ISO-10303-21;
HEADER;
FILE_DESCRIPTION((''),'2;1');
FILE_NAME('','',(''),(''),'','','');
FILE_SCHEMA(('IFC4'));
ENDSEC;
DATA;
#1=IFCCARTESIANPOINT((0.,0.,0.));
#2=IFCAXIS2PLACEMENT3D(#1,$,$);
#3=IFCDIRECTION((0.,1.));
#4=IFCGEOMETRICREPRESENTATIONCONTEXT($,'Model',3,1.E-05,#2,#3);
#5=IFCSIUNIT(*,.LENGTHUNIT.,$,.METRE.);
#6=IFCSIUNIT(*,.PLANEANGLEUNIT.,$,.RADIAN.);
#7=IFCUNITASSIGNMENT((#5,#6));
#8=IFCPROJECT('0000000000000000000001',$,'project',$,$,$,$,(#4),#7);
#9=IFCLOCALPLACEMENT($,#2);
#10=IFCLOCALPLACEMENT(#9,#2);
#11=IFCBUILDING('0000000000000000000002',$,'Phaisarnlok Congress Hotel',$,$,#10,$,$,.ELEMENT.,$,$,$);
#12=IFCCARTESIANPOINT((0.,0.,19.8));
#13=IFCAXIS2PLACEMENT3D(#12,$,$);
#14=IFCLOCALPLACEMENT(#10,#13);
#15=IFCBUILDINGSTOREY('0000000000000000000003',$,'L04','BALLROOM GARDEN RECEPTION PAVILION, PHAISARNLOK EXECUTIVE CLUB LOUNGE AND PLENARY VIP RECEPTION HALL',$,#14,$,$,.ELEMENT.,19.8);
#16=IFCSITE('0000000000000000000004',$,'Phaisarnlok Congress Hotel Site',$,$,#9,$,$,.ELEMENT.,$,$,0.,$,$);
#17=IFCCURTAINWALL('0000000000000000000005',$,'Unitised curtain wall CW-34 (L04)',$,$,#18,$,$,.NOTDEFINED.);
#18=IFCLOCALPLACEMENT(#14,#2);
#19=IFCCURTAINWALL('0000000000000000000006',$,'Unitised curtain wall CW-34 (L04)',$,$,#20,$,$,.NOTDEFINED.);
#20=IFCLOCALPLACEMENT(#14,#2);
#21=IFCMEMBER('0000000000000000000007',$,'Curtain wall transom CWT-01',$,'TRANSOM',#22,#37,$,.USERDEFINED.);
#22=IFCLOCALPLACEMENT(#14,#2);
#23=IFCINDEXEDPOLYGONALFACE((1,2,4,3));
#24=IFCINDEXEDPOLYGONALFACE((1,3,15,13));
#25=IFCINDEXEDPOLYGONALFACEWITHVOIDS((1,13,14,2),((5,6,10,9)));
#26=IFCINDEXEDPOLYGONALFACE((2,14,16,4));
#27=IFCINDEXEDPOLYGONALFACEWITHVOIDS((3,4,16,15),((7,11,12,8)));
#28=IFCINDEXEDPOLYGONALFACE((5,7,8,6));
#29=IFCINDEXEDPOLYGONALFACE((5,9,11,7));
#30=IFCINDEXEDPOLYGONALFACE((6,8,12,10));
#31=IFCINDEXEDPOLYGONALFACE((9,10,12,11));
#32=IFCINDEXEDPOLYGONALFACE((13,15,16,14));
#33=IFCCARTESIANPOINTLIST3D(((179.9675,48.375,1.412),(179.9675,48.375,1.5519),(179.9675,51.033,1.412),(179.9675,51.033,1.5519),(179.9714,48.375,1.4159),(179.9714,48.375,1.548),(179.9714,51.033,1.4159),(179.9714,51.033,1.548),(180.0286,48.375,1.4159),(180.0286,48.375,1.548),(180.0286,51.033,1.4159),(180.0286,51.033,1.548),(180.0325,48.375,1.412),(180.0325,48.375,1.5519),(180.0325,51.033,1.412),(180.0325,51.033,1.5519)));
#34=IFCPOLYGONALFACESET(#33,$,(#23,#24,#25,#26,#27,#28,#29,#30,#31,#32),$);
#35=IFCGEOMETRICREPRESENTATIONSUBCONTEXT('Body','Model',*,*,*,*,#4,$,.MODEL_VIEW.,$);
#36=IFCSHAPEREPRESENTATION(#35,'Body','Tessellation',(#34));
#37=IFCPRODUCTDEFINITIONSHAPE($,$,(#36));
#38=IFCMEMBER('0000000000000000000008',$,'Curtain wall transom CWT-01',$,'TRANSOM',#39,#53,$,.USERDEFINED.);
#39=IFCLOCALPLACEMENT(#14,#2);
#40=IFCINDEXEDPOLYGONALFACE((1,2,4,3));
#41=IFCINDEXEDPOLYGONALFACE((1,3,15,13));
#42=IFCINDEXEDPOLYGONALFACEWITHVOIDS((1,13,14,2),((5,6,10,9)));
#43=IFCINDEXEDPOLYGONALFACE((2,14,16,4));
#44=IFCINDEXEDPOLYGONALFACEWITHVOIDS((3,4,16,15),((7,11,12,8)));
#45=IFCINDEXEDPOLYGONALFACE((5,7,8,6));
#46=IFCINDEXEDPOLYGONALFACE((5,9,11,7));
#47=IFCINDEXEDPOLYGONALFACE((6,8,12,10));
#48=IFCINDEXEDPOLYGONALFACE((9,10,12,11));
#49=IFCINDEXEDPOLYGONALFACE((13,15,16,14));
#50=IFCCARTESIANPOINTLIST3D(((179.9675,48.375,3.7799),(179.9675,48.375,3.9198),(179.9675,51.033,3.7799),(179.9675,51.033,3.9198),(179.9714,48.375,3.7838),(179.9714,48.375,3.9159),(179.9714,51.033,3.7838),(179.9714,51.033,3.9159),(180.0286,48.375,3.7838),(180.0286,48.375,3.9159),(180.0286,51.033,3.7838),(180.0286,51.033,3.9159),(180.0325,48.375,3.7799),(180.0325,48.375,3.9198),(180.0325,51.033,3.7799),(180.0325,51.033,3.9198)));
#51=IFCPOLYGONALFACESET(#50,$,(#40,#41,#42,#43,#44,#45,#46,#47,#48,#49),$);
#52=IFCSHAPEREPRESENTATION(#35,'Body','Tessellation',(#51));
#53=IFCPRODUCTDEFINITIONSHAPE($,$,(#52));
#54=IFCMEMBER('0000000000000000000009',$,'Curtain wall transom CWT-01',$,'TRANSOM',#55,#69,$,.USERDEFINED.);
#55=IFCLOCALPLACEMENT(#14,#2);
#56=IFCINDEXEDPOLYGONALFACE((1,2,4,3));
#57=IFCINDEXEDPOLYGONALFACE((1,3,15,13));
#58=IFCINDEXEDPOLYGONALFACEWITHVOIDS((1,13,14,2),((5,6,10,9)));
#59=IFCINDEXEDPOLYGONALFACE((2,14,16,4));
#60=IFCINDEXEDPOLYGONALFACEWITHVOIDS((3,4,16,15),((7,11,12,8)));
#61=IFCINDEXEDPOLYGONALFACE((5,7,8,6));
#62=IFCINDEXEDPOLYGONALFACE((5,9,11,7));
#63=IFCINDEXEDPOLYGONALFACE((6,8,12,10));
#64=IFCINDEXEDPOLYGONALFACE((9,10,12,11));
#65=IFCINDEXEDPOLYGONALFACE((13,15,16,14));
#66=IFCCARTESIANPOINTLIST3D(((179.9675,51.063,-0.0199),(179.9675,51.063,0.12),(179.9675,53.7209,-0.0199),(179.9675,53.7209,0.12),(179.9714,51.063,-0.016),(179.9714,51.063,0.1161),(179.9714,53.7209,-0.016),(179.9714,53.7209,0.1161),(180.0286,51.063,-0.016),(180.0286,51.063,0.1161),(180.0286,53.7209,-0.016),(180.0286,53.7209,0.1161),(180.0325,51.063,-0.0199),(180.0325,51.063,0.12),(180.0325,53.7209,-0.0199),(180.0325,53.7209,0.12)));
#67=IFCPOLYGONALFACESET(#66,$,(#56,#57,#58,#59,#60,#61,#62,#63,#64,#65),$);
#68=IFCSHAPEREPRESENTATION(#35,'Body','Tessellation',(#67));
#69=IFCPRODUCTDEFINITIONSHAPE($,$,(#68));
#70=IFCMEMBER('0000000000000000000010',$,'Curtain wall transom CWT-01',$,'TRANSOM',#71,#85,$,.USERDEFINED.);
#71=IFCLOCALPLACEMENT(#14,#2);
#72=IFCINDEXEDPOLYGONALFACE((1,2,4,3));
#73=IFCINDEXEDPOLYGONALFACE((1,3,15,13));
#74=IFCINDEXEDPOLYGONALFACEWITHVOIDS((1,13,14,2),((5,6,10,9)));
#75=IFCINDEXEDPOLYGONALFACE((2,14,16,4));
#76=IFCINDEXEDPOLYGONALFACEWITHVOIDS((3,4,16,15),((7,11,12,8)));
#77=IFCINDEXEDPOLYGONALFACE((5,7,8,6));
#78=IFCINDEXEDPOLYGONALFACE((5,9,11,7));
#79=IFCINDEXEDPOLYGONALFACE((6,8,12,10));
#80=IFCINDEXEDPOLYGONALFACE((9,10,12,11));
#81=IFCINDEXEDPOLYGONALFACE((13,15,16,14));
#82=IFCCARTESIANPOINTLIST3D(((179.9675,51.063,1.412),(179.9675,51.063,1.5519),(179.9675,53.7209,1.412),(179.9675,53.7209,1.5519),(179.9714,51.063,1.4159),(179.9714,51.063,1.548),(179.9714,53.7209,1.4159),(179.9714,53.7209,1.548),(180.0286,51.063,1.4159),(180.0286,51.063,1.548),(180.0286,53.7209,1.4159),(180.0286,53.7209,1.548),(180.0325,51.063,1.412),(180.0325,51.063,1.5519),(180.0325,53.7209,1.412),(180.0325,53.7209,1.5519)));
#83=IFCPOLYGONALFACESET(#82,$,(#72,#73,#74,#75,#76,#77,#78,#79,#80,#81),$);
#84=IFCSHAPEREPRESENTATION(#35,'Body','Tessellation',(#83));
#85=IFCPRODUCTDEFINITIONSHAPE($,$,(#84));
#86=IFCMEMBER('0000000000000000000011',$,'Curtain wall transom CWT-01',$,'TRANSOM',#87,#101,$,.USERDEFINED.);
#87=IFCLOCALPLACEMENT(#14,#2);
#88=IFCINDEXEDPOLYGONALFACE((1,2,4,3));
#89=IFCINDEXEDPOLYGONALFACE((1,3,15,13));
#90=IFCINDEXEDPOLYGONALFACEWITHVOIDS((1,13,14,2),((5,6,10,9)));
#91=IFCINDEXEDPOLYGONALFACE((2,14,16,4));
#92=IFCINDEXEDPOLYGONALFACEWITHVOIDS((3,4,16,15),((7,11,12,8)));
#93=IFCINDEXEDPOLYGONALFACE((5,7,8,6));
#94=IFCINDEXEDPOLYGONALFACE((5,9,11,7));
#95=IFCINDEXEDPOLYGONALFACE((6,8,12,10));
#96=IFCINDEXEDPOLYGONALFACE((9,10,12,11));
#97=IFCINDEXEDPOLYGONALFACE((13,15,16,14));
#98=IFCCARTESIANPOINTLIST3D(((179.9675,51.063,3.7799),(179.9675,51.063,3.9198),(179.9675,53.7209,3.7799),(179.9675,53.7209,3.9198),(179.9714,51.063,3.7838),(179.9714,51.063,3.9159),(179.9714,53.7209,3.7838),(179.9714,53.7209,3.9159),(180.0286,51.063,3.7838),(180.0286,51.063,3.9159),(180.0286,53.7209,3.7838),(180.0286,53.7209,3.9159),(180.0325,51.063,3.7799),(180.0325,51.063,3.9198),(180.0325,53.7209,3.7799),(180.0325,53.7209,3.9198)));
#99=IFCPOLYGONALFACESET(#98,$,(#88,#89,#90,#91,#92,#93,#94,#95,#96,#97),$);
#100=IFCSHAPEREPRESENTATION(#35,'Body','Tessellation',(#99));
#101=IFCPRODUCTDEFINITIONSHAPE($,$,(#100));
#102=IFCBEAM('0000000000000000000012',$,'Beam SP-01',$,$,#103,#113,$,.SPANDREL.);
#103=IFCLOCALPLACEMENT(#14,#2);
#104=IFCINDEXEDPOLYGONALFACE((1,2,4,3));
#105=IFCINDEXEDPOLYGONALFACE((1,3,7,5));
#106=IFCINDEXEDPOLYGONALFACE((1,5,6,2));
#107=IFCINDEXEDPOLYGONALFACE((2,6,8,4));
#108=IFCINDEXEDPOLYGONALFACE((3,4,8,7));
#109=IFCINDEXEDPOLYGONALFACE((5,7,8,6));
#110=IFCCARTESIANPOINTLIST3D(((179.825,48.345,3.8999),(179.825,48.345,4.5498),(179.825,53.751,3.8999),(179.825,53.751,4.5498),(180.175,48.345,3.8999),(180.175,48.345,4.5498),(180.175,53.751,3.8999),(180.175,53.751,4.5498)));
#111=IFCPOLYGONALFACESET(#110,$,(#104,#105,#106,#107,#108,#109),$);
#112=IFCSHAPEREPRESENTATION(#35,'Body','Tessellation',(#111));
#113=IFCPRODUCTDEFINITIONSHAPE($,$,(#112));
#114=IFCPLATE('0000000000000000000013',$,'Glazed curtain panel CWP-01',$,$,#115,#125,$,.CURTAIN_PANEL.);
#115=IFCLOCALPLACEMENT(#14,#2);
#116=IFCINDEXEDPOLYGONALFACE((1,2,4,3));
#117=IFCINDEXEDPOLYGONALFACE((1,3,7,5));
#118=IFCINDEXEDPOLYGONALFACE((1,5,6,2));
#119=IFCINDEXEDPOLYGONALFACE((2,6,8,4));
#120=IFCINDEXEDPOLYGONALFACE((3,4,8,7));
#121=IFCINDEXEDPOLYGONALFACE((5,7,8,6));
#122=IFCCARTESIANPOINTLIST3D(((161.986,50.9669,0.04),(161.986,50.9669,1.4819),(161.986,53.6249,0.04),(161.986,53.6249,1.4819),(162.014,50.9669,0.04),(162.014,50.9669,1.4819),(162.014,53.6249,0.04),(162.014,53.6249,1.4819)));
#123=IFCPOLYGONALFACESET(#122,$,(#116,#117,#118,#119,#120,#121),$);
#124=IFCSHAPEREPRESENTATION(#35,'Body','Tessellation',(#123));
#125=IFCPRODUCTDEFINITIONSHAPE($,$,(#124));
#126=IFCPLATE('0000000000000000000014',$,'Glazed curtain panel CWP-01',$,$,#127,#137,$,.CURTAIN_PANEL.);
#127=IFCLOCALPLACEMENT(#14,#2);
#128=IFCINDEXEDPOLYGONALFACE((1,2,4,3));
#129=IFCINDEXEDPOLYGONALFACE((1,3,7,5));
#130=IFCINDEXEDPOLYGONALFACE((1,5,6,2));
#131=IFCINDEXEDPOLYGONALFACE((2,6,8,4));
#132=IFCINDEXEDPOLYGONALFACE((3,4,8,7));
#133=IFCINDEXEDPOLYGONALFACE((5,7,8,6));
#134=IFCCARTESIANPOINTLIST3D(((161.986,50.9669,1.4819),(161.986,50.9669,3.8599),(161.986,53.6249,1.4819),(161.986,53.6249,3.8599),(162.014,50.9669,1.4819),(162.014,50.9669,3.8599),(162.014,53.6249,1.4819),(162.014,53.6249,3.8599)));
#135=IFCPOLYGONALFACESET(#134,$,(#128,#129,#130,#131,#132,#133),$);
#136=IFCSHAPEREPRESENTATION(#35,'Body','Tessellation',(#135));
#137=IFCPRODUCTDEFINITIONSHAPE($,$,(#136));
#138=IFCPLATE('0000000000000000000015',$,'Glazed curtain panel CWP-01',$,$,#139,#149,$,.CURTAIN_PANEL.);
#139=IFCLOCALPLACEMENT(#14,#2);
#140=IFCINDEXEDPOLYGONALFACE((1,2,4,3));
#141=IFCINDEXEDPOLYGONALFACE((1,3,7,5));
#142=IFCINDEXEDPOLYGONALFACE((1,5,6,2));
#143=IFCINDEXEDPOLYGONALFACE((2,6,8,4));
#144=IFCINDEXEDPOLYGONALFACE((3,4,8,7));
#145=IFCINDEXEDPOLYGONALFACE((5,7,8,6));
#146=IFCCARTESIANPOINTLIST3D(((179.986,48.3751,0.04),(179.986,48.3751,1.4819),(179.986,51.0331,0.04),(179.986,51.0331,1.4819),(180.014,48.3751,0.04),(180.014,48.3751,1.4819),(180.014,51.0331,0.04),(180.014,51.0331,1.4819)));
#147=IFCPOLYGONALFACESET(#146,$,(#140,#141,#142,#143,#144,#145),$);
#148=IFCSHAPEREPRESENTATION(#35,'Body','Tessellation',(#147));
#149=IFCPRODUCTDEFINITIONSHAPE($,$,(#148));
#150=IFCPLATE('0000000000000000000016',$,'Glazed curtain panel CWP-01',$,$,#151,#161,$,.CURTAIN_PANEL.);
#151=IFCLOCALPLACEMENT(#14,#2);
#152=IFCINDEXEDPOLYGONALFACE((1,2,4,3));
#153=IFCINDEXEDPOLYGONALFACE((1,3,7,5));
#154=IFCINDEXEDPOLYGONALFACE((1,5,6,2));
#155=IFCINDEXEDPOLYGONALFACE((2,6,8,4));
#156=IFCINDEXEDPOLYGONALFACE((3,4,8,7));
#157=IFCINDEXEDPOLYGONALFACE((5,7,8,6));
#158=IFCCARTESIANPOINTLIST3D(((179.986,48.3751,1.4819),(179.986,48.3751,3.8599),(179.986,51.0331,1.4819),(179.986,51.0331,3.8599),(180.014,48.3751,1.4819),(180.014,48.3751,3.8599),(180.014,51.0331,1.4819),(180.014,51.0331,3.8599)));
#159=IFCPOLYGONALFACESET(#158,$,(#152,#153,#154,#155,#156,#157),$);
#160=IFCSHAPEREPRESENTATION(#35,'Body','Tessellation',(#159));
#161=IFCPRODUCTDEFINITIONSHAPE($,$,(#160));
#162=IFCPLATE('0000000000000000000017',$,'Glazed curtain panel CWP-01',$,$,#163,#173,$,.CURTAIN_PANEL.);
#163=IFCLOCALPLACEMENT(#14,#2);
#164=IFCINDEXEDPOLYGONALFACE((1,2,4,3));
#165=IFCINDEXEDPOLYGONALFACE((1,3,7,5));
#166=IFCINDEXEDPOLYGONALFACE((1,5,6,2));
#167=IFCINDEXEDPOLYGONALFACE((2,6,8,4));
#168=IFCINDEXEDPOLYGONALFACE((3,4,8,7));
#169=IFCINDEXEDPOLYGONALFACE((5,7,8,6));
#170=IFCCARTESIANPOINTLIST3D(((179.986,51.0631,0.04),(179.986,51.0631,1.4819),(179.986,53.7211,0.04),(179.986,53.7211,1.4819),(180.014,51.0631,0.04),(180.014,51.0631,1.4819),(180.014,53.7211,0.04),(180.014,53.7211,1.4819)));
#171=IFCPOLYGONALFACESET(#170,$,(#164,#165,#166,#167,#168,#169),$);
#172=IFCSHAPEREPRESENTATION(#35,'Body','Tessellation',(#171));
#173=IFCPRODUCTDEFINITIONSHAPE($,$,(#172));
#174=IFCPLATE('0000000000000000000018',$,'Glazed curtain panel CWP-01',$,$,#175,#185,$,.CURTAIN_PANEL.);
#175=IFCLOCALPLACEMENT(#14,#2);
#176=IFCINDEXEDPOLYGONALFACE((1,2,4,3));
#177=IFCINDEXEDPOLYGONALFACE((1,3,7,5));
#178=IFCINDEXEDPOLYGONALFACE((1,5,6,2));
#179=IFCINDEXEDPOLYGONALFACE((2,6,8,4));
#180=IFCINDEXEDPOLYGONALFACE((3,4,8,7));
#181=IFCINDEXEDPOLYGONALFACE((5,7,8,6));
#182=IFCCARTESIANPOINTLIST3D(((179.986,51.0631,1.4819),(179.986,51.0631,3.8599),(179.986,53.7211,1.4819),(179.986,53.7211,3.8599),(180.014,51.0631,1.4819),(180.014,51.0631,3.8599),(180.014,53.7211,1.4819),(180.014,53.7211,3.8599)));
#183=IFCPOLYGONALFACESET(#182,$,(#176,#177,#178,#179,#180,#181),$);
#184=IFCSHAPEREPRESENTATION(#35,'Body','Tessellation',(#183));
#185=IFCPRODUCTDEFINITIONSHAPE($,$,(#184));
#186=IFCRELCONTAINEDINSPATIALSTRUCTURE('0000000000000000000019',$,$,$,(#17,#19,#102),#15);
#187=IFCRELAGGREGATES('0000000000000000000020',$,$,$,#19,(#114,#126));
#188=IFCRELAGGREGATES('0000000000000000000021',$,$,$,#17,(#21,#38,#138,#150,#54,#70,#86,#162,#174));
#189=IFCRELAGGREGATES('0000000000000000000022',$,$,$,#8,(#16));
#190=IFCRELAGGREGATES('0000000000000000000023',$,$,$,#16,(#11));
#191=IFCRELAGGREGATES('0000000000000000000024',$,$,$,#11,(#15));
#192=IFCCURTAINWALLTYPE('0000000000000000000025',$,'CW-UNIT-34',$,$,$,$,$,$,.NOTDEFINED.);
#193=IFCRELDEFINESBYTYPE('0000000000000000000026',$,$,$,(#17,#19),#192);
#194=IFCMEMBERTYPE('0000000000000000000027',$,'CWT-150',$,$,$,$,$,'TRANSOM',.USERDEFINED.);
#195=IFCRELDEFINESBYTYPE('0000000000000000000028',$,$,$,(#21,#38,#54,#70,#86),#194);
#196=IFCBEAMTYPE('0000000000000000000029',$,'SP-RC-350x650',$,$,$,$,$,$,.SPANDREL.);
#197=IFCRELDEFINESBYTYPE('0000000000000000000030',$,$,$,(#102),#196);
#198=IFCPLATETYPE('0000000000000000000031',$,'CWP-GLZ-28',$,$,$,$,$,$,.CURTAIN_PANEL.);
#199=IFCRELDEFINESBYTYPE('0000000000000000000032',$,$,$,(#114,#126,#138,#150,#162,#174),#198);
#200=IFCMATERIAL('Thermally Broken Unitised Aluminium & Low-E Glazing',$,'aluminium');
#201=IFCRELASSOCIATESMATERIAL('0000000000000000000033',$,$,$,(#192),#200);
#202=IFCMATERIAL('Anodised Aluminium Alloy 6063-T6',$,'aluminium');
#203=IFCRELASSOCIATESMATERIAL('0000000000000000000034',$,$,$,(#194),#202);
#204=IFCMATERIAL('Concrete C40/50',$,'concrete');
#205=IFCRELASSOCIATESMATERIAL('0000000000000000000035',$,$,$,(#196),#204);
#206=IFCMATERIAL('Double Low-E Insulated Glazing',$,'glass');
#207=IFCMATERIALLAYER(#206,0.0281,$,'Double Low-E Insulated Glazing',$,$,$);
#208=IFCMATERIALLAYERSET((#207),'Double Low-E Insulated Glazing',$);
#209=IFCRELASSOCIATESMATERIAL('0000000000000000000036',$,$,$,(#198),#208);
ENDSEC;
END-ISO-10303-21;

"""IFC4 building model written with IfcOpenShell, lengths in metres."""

from ifc_helpers import new_model, si_unit, direction, frame, frame_2d, origin, origin_2d, place, context, subcontext, project, spatial, rectangle, hollow_rectangle, extrude, material, layer, layer_set, material_profile, profile_set, type_object, element, aggregate, save


model = new_model("IFC4")

# Units and contexts
model_context = context("Model", 3, precision=1e-05, world=origin(), true_north=direction((0.0, 1.0)))
body_context = subcontext(model_context, "Body", "Model", "MODEL_VIEW")
ifc_project = project(units=[si_unit("LENGTHUNIT", "METRE"), si_unit("PLANEANGLEUNIT", "RADIAN")], contexts=[model_context])

# Site, building, storey
site_placement = place(None, origin())
site = spatial("IfcSite", under=ifc_project, at=site_placement, Name="Phaisarnlok Congress Hotel Site", CompositionType="ELEMENT", RefElevation=0.0)
building_placement = place(site_placement, origin())
building = spatial("IfcBuilding", under=site, at=building_placement, Name="Phaisarnlok Congress Hotel", CompositionType="ELEMENT")
storey_placement = place(building_placement, frame((0.0, 0.0, 19.8)))
storey = spatial("IfcBuildingStorey", under=building, at=storey_placement, Name="L04", Description="BALLROOM GARDEN RECEPTION PAVILION, PHAISARNLOK EXECUTIVE CLUB LOUNGE AND PLENARY VIP RECEPTION HALL", CompositionType="ELEMENT", Elevation=19.8)

# Shared definitions
ifc_material_1 = material(Name="Concrete C40/50", Category="concrete")

# Curtain wall
ifc_material_2 = material(Name="Thermally Broken Unitised Aluminium & Low-E Glazing", Category="aluminium")
curtain_wall_type = type_object("IfcCurtainWallType", Name="CW-UNIT-34", PredefinedType="NOTDEFINED", material=ifc_material_2)
curtain_wall_1_placement = place(storey_placement, origin())
curtain_wall_1 = element("IfcCurtainWall", 1, at=curtain_wall_1_placement, inside=storey, type_object=curtain_wall_type, Name="Unitised curtain wall CW-34 (L04)", PredefinedType="NOTDEFINED")
ifc_material_3 = material(Name="Anodised Aluminium Alloy 6063-T6", Category="aluminium")

# Curtain wall
curtain_wall_2_placement = place(storey_placement, origin())
curtain_wall_2 = element("IfcCurtainWall", 2, at=curtain_wall_2_placement, inside=storey, type_object=curtain_wall_type, Name="Unitised curtain wall CW-34 (L04)", PredefinedType="NOTDEFINED")
ifc_material_profile_1 = material_profile(ifc_material_3, hollow_rectangle(XDim=0.0649, YDim=0.1399, WallThickness=0.0039, at=origin_2d()), Name="ALU-T 65x140x4")
ifc_profile_set_1 = profile_set([ifc_material_profile_1], Name="Anodised Aluminium Alloy 6063-T6")
member_type_1 = type_object("IfcMemberType", Name="CWT-150", ElementType="TRANSOM", PredefinedType="USERDEFINED", material=ifc_profile_set_1)

# Members
member_1_placement = place(storey_placement, frame((180.0, 48.375, 1.4819), z_axis=(0.0, 1.0, 0.0), x_axis=(-1.0, 0.0, 0.0)))
member_1 = element("IfcMember", 3, at=member_1_placement, type_object=member_type_1, Name="Curtain wall transom CWT-01", ObjectType="TRANSOM", PredefinedType="USERDEFINED", context=body_context, shape_type="SweptSolid", body=[
    extrude(hollow_rectangle(XDim=0.0649, YDim=0.1399, WallThickness=0.0039, at=origin_2d()), origin(), (0.0, 0.0, 1.0), 2.658),
])
member_2_placement = place(storey_placement, frame((180.0, 48.375, 3.8499), z_axis=(0.0, 1.0, 0.0), x_axis=(-1.0, 0.0, 0.0)))
member_2 = element("IfcMember", 4, at=member_2_placement, type_object=member_type_1, Name="Curtain wall transom CWT-01", ObjectType="TRANSOM", PredefinedType="USERDEFINED", context=body_context, shape_type="SweptSolid", body=[
    extrude(hollow_rectangle(XDim=0.0649, YDim=0.1399, WallThickness=0.0039, at=origin_2d()), origin(), (0.0, 0.0, 1.0), 2.658),
])
member_3_placement = place(storey_placement, frame((180.0, 51.063, 0.05), z_axis=(0.0, 1.0, 0.0), x_axis=(-1.0, 0.0, 0.0)))
member_3 = element("IfcMember", 5, at=member_3_placement, type_object=member_type_1, Name="Curtain wall transom CWT-01", ObjectType="TRANSOM", PredefinedType="USERDEFINED", context=body_context, shape_type="SweptSolid", body=[
    extrude(hollow_rectangle(XDim=0.0649, YDim=0.1399, WallThickness=0.0039, at=origin_2d()), origin(), (0.0, 0.0, 1.0), 2.658),
])
member_4_placement = place(storey_placement, frame((180.0, 51.063, 1.4819), z_axis=(0.0, 1.0, 0.0), x_axis=(-1.0, 0.0, 0.0)))
member_4 = element("IfcMember", 6, at=member_4_placement, type_object=member_type_1, Name="Curtain wall transom CWT-01", ObjectType="TRANSOM", PredefinedType="USERDEFINED", context=body_context, shape_type="SweptSolid", body=[
    extrude(hollow_rectangle(XDim=0.0649, YDim=0.1399, WallThickness=0.0039, at=origin_2d()), origin(), (0.0, 0.0, 1.0), 2.658),
])
member_5_placement = place(storey_placement, frame((180.0, 51.063, 3.8499), z_axis=(0.0, 1.0, 0.0), x_axis=(-1.0, 0.0, 0.0)))
member_5 = element("IfcMember", 7, at=member_5_placement, type_object=member_type_1, Name="Curtain wall transom CWT-01", ObjectType="TRANSOM", PredefinedType="USERDEFINED", context=body_context, shape_type="SweptSolid", body=[
    extrude(hollow_rectangle(XDim=0.0649, YDim=0.1399, WallThickness=0.0039, at=origin_2d()), origin(), (0.0, 0.0, 1.0), 2.658),
])

# Beam
ifc_material_profile_2 = material_profile(ifc_material_1, rectangle(XDim=0.3501, YDim=0.6499, at=origin_2d()), Name="RC 350x650")
ifc_profile_set_2 = profile_set([ifc_material_profile_2], Name="Concrete C40/50")
beam_type_1 = type_object("IfcBeamType", Name="SP-RC-350x650", PredefinedType="SPANDREL", material=ifc_profile_set_2)
beam_1_placement = place(storey_placement, frame((180.0, 48.345, 4.2249), z_axis=(0.0, 1.0, 0.0), x_axis=(-1.0, 0.0, 0.0)))
element("IfcBeam", 8, at=beam_1_placement, inside=storey, type_object=beam_type_1, Name="Beam SP-01", PredefinedType="SPANDREL", context=body_context, shape_type="SweptSolid", body=[
    extrude(rectangle(XDim=0.3501, YDim=0.6499, at=origin_2d()), origin(), (0.0, 0.0, 1.0), 5.406),
])

# Plates
ifc_material_4 = material(Name="Double Low-E Insulated Glazing", Category="glass")
ifc_layer = layer(ifc_material_4, 0.0281, Name="Double Low-E Insulated Glazing")
ifc_layer_set = layer_set([ifc_layer], Name="Double Low-E Insulated Glazing")
plate_type = type_object("IfcPlateType", Name="CWP-GLZ-28", PredefinedType="CURTAIN_PANEL", material=ifc_layer_set)
plate_1_placement = place(storey_placement, frame((162.0, 53.625, 0.04), z_axis=(0.0, 0.0, 1.0), x_axis=(0.0, -1.0, 0.0)))
plate_1 = element("IfcPlate", 9, at=plate_1_placement, type_object=plate_type, Name="Glazed curtain panel CWP-01", PredefinedType="CURTAIN_PANEL", context=body_context, shape_type="SweptSolid", body=[
    extrude(rectangle(XDim=2.658, YDim=0.0281, at=frame_2d((1.3291, 0.0))), origin(), (0.0, 0.0, 1.0), 1.4419),
])
plate_2_placement = place(storey_placement, frame((162.0, 53.625, 1.4819), z_axis=(0.0, 0.0, 1.0), x_axis=(0.0, -1.0, 0.0)))
plate_2 = element("IfcPlate", 10, at=plate_2_placement, type_object=plate_type, Name="Glazed curtain panel CWP-01", PredefinedType="CURTAIN_PANEL", context=body_context, shape_type="SweptSolid", body=[
    extrude(rectangle(XDim=2.658, YDim=0.0281, at=frame_2d((1.3291, 0.0))), origin(), (0.0, 0.0, 1.0), 2.3779),
])
aggregate(curtain_wall_2, [plate_1, plate_2])
plate_3_placement = place(storey_placement, frame((180.0, 48.375, 0.04), z_axis=(0.0, 0.0, 1.0), x_axis=(0.0, 1.0, 0.0)))
plate_3 = element("IfcPlate", 11, at=plate_3_placement, type_object=plate_type, Name="Glazed curtain panel CWP-01", PredefinedType="CURTAIN_PANEL", context=body_context, shape_type="SweptSolid", body=[
    extrude(rectangle(XDim=2.658, YDim=0.0281, at=frame_2d((1.3291, 0.0))), origin(), (0.0, 0.0, 1.0), 1.4419),
])
plate_4_placement = place(storey_placement, frame((180.0, 48.375, 1.4819), z_axis=(0.0, 0.0, 1.0), x_axis=(0.0, 1.0, 0.0)))
plate_4 = element("IfcPlate", 12, at=plate_4_placement, type_object=plate_type, Name="Glazed curtain panel CWP-01", PredefinedType="CURTAIN_PANEL", context=body_context, shape_type="SweptSolid", body=[
    extrude(rectangle(XDim=2.658, YDim=0.0281, at=frame_2d((1.3291, 0.0))), origin(), (0.0, 0.0, 1.0), 2.3779),
])
plate_5_placement = place(storey_placement, frame((180.0, 51.063, 0.04), z_axis=(0.0, 0.0, 1.0), x_axis=(0.0, 1.0, 0.0)))
plate_5 = element("IfcPlate", 13, at=plate_5_placement, type_object=plate_type, Name="Glazed curtain panel CWP-01", PredefinedType="CURTAIN_PANEL", context=body_context, shape_type="SweptSolid", body=[
    extrude(rectangle(XDim=2.658, YDim=0.0281, at=frame_2d((1.3291, 0.0))), origin(), (0.0, 0.0, 1.0), 1.4419),
])
plate_6_placement = place(storey_placement, frame((180.0, 51.063, 1.4819), z_axis=(0.0, 0.0, 1.0), x_axis=(0.0, 1.0, 0.0)))
plate_6 = element("IfcPlate", 14, at=plate_6_placement, type_object=plate_type, Name="Glazed curtain panel CWP-01", PredefinedType="CURTAIN_PANEL", context=body_context, shape_type="SweptSolid", body=[
    extrude(rectangle(XDim=2.658, YDim=0.0281, at=frame_2d((1.3291, 0.0))), origin(), (0.0, 0.0, 1.0), 2.3779),
])
aggregate(curtain_wall_1, [member_1, member_2, plate_3, plate_4, member_3, member_4, member_5, plate_5, plate_6])

save(model, "model.ifc")
